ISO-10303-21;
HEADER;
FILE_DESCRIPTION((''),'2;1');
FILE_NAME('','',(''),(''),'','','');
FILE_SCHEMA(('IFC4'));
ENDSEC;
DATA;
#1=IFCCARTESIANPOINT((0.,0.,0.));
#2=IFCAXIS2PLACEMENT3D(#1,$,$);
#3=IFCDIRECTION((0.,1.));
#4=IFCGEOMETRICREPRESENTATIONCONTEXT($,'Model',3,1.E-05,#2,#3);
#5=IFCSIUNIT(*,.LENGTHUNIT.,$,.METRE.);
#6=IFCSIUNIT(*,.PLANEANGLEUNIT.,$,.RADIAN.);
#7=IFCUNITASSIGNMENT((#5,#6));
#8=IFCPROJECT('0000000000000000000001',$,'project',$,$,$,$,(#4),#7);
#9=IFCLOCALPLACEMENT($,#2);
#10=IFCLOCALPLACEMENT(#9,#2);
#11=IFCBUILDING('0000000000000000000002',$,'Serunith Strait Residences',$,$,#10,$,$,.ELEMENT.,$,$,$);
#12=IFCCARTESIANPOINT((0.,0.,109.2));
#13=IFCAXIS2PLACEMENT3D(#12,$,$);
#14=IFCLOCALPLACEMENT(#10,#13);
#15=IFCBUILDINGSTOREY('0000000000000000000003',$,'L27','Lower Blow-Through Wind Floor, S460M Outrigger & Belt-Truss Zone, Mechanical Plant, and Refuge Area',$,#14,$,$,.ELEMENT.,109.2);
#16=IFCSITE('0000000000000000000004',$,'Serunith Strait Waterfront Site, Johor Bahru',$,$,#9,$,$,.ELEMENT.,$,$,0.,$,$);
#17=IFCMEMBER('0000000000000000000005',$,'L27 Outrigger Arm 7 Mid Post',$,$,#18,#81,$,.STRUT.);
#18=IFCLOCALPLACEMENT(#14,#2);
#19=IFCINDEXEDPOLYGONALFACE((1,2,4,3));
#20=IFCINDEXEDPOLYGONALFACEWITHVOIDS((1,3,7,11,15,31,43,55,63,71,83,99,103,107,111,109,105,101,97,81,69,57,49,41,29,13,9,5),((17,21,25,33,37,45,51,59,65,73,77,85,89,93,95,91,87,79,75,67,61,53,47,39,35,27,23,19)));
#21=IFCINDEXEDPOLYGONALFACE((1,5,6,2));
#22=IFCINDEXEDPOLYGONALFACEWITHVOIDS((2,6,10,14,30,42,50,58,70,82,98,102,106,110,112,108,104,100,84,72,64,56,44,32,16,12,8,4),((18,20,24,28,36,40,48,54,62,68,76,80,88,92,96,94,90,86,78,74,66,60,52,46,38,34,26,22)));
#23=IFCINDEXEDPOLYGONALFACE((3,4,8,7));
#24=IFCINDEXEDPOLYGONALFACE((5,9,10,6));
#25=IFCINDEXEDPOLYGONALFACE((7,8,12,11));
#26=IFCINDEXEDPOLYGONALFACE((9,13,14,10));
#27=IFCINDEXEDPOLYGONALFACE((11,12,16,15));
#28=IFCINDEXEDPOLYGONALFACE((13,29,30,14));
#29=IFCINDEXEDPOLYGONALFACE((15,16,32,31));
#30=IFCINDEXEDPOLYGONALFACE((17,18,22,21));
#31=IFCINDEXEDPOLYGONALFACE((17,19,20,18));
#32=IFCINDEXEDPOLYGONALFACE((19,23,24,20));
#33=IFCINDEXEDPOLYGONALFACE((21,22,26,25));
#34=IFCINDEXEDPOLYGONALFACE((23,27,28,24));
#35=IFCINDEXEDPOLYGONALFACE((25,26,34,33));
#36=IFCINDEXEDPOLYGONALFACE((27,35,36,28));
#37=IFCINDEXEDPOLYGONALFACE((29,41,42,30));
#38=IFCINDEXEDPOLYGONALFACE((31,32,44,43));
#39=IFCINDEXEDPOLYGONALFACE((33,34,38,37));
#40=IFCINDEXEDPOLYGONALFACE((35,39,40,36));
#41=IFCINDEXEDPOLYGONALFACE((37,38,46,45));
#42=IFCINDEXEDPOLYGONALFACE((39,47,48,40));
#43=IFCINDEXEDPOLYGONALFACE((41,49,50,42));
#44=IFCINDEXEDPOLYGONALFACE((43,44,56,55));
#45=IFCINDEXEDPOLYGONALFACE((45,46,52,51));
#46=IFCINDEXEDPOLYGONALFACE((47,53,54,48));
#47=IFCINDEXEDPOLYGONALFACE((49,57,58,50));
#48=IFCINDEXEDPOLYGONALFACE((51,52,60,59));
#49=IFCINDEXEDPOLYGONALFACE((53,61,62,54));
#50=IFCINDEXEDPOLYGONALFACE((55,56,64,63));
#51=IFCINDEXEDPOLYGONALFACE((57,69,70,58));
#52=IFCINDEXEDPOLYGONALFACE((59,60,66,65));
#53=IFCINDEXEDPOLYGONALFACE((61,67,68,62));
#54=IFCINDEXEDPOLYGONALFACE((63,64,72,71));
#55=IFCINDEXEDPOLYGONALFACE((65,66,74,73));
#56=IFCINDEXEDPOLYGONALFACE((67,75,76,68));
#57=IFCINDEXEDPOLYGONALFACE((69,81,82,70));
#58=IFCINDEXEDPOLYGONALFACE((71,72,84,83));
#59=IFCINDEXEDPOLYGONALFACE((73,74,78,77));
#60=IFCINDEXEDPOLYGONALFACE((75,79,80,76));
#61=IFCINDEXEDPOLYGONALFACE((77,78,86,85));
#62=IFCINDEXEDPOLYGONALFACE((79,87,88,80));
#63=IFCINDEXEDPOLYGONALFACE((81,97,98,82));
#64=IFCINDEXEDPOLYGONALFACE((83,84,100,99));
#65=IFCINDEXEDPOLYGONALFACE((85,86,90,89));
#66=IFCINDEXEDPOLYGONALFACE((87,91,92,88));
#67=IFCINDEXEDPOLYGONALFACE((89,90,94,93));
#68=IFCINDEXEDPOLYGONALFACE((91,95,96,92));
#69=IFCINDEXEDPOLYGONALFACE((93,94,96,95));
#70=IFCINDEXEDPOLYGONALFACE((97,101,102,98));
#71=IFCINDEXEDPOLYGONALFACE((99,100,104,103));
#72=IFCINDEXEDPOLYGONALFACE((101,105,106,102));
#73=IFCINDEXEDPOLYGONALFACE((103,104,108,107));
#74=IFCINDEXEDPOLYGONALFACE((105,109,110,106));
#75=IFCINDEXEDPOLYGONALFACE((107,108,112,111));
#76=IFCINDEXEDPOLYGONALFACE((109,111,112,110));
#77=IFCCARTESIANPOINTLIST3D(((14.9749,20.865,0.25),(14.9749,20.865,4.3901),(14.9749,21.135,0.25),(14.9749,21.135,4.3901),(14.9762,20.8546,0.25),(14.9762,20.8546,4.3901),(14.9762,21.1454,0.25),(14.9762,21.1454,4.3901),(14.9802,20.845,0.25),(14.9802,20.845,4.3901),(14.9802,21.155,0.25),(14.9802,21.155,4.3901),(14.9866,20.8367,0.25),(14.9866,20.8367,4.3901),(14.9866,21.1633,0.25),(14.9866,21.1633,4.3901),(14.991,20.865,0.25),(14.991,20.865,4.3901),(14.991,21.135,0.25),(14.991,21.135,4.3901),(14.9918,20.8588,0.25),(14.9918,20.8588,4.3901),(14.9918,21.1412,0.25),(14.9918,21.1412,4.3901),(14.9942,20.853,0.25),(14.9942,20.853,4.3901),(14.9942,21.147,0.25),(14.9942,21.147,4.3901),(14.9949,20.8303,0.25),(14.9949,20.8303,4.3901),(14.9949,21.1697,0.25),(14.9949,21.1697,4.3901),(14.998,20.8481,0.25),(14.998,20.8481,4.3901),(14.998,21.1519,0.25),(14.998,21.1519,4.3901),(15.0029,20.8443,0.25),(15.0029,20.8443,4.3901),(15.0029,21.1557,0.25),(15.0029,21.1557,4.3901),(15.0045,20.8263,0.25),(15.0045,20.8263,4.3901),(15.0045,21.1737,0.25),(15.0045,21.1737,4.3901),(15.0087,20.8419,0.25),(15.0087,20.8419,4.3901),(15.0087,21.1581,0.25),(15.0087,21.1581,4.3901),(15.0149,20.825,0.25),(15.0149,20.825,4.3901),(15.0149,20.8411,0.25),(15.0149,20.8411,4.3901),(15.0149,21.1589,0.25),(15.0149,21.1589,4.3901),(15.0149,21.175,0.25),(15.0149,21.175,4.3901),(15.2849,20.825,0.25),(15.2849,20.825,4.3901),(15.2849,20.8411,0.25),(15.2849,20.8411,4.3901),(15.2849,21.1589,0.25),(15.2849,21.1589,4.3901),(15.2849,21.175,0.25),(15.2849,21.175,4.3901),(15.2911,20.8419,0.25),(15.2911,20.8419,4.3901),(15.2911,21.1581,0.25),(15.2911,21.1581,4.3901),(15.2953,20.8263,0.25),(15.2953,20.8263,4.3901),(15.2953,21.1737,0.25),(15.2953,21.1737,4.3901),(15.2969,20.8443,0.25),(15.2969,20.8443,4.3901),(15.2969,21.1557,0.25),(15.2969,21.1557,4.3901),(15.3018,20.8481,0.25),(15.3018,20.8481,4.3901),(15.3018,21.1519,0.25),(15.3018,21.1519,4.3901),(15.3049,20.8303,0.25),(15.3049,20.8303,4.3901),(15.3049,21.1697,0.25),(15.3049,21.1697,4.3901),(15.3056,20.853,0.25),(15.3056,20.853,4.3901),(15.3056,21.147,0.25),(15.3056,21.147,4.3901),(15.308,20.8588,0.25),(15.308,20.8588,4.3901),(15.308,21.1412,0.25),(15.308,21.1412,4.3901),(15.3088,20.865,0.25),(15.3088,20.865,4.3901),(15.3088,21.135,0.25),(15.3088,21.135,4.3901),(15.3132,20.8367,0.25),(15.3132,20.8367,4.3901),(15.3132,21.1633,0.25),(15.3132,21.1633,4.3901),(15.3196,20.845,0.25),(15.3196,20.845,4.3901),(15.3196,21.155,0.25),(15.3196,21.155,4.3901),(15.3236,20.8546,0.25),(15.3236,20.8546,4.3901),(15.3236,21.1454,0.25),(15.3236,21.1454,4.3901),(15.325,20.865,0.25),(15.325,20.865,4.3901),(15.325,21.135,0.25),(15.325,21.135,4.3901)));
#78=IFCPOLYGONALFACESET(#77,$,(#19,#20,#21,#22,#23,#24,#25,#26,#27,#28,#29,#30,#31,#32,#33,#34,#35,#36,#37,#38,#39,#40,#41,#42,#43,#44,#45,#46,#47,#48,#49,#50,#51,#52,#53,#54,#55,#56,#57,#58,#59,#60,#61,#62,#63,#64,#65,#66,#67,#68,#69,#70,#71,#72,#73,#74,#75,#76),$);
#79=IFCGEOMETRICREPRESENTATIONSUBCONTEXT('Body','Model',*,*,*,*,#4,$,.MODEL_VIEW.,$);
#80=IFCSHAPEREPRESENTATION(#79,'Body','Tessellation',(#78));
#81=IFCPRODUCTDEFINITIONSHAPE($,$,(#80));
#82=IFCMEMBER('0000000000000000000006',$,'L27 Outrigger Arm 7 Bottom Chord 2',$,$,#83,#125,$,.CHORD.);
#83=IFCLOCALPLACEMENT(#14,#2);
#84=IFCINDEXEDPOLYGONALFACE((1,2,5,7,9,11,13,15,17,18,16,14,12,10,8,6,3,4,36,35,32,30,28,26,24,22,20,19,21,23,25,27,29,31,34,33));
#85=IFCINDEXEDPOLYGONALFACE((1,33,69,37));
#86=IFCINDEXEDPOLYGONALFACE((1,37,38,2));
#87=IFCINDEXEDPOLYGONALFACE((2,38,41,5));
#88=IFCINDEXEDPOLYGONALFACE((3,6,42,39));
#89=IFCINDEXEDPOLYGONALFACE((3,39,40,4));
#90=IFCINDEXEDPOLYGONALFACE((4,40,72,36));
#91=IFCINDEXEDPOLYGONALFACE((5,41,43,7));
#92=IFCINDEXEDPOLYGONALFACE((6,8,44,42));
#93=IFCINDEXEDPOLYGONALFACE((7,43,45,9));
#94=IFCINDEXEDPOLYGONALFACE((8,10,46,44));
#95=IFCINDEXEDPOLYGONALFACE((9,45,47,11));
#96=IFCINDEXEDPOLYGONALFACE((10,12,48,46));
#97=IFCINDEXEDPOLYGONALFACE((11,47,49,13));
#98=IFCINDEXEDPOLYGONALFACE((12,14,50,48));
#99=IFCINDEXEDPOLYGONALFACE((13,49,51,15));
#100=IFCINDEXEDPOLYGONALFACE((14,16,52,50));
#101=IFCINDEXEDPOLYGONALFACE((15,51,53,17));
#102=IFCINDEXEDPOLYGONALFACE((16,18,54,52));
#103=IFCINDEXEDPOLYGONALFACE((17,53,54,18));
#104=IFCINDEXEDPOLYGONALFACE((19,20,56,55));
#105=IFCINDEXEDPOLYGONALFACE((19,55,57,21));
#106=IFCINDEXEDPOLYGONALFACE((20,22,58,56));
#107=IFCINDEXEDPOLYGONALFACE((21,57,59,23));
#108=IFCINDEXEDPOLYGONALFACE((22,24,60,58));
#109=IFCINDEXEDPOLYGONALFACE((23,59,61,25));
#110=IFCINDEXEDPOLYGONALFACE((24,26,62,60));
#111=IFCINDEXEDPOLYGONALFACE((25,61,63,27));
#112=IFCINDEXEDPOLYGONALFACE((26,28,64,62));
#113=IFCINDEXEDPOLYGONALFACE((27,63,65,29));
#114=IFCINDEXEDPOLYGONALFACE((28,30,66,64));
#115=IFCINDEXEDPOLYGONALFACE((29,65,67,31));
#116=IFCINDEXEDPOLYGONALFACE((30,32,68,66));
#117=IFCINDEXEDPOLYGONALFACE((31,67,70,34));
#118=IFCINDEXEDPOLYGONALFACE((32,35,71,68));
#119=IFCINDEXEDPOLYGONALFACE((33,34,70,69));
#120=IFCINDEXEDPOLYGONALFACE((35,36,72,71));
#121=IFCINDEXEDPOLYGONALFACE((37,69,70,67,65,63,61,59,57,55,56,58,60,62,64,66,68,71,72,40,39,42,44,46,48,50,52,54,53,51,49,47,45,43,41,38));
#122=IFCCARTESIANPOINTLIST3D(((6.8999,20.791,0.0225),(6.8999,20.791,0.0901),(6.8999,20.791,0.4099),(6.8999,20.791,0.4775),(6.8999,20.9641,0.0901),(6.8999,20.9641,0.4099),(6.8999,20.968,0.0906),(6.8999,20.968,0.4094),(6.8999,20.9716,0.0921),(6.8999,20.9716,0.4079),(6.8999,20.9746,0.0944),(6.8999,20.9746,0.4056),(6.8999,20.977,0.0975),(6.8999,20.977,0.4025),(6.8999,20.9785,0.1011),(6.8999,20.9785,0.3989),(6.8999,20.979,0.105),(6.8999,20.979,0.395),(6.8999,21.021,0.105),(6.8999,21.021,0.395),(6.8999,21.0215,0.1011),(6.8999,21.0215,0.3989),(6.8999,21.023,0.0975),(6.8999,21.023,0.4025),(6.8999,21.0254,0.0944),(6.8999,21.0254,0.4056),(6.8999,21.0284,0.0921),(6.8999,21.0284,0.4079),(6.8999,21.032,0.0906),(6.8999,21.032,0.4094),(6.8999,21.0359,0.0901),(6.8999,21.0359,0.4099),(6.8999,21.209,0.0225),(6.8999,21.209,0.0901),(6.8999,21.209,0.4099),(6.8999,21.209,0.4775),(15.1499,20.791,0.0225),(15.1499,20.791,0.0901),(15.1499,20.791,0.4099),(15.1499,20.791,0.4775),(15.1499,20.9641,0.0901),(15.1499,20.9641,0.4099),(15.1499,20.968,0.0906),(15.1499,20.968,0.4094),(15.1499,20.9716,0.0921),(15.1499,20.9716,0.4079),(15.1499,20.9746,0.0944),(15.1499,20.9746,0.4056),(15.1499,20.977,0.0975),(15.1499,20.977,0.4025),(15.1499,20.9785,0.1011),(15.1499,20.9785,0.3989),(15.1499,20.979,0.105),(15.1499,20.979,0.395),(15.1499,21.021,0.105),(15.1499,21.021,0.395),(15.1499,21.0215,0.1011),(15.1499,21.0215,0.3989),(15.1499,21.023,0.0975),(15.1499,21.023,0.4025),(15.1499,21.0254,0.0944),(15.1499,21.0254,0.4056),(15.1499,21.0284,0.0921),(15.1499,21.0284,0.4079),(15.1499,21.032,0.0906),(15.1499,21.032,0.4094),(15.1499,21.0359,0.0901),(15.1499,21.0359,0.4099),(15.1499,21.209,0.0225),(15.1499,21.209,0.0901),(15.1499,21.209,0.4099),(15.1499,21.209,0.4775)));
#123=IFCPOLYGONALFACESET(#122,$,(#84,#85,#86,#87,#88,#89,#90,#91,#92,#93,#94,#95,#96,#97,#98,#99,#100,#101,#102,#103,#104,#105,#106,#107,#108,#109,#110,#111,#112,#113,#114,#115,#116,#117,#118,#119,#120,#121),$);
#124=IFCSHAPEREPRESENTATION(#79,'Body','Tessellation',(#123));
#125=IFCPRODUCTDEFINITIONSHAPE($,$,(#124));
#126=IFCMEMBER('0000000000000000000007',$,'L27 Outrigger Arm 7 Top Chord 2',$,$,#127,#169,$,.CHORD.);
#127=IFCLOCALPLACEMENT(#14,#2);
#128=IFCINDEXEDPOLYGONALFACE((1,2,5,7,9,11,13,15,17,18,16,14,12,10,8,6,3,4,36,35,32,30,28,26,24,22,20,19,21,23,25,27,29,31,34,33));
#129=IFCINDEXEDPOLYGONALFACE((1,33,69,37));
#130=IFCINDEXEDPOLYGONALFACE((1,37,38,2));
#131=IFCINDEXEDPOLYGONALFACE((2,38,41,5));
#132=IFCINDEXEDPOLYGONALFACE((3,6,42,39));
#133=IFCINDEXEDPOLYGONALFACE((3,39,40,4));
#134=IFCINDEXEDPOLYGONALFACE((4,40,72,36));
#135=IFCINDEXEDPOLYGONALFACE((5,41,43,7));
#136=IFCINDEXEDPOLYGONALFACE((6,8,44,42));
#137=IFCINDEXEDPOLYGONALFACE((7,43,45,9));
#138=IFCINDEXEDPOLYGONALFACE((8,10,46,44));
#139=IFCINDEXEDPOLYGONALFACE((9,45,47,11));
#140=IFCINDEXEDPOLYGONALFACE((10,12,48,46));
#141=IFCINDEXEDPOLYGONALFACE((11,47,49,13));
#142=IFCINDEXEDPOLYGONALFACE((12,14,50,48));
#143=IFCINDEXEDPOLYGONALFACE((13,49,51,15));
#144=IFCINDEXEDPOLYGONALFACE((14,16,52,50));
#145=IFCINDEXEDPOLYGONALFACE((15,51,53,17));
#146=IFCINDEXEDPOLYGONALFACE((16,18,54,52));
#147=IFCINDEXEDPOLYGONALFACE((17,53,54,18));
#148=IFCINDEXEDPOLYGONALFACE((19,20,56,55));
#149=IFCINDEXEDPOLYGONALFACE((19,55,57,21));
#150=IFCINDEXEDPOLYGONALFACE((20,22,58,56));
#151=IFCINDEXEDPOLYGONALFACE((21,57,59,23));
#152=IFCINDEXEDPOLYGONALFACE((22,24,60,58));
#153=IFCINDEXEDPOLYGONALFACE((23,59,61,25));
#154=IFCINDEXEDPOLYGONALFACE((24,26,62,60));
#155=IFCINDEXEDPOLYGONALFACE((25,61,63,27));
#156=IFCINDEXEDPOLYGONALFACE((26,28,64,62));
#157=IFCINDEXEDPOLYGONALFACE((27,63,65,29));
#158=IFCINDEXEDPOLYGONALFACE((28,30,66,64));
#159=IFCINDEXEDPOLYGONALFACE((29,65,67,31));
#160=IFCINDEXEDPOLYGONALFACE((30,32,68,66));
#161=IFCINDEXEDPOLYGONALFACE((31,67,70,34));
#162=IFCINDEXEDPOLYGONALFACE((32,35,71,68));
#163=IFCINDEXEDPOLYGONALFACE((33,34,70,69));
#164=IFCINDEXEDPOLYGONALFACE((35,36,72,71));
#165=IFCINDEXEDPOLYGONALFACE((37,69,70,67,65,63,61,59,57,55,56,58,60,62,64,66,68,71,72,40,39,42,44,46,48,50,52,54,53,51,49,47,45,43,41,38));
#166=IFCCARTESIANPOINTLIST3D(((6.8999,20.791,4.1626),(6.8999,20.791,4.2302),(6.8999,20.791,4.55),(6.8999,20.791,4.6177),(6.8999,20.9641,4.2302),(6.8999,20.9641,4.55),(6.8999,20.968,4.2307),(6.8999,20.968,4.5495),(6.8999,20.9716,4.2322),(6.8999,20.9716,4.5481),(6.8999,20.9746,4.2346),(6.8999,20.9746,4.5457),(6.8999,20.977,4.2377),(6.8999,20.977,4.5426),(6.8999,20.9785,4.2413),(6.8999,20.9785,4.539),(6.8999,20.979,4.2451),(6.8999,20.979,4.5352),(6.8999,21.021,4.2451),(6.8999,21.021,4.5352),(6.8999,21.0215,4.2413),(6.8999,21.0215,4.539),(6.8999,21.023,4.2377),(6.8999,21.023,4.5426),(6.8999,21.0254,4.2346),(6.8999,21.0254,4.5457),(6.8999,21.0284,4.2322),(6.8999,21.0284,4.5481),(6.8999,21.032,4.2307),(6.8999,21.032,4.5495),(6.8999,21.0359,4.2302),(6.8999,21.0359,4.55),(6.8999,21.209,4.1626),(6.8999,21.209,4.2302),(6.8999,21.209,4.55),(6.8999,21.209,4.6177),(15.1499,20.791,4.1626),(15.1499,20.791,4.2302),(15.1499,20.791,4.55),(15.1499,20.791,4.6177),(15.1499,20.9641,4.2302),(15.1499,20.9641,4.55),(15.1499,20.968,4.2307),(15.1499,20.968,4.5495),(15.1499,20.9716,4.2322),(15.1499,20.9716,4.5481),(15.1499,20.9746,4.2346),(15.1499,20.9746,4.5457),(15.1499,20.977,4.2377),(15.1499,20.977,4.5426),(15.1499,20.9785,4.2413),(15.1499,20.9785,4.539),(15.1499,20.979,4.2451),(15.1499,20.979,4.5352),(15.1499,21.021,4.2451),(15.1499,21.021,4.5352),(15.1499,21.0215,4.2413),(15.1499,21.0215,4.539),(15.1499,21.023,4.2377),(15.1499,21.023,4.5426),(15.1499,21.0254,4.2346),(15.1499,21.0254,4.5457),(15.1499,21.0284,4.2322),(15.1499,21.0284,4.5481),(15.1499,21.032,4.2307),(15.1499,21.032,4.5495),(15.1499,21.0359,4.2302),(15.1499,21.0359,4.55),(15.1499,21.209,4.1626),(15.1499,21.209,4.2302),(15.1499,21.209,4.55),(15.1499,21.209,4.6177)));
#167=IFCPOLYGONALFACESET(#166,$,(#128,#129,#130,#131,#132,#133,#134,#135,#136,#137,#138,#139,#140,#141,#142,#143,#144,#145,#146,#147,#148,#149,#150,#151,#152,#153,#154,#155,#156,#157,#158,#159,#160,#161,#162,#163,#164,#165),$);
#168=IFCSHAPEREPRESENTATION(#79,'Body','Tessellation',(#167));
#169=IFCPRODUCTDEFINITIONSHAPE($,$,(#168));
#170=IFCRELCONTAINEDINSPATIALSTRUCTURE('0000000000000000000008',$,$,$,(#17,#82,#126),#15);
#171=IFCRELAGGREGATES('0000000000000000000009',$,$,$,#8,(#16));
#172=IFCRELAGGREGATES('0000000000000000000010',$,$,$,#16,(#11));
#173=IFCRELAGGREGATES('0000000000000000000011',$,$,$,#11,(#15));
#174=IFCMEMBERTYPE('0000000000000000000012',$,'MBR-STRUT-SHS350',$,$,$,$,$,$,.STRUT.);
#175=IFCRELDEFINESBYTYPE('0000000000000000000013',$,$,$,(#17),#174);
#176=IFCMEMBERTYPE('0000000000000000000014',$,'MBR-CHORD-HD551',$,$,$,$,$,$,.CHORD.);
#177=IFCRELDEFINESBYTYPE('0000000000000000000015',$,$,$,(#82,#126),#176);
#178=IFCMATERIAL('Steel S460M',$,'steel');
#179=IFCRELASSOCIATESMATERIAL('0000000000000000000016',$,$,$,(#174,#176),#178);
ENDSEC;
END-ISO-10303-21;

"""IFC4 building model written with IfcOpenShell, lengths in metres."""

from ifc_helpers import new_model, si_unit, direction, frame, origin, origin_2d, place, context, subcontext, project, spatial, hollow_rectangle, i_section, extrude, source, transform, mapped, material, material_profile, profile_set, type_object, element, save


model = new_model("IFC4")

# Units and contexts
model_context = context("Model", 3, precision=1e-05, world=origin(), true_north=direction((0.0, 1.0)))
body_context = subcontext(model_context, "Body", "Model", "MODEL_VIEW")
ifc_project = project(units=[si_unit("LENGTHUNIT", "METRE"), si_unit("PLANEANGLEUNIT", "RADIAN")], contexts=[model_context])

# Site, building, storey
site_placement = place(None, origin())
site = spatial("IfcSite", under=ifc_project, at=site_placement, Name="Serunith Strait Waterfront Site, Johor Bahru", CompositionType="ELEMENT", RefElevation=0.0)
building_placement = place(site_placement, origin())
building = spatial("IfcBuilding", under=site, at=building_placement, Name="Serunith Strait Residences", CompositionType="ELEMENT")
storey_placement = place(building_placement, frame((0.0, 0.0, 109.2)))
storey = spatial("IfcBuildingStorey", under=building, at=storey_placement, Name="L27", Description="Lower Blow-Through Wind Floor, S460M Outrigger & Belt-Truss Zone, Mechanical Plant, and Refuge Area", CompositionType="ELEMENT", Elevation=109.2)

# Members
ifc_material_1 = material(Name="Steel S460M", Category="steel")
ifc_material_profile_1 = material_profile(ifc_material_1, hollow_rectangle(XDim=0.3501, YDim=0.3501, WallThickness=0.0161, InnerFilletRadius=0.0239, OuterFilletRadius=0.04, at=origin_2d()), Name="SHS 350x350x16")
ifc_profile_set_1 = profile_set([ifc_material_profile_1], Name="Steel S460M")
member_type_1 = type_object("IfcMemberType", Name="MBR-STRUT-SHS350", PredefinedType="STRUT", material=ifc_profile_set_1)
shared_shape_1 = source(origin(), body_context, "Body", "SweptSolid", [
    extrude(hollow_rectangle(XDim=0.3501, YDim=0.3501, WallThickness=0.0161, InnerFilletRadius=0.0239, OuterFilletRadius=0.04, at=origin_2d()), origin(), (0.0, 0.0, 1.0), 4.1401),
])
member_1_placement = place(storey_placement, frame((15.1499, 21.0, 0.25), z_axis=(0.0, 0.0, 1.0), x_axis=(1.0, 0.0, 0.0)))
element("IfcMember", 1, at=member_1_placement, inside=storey, type_object=member_type_1, Name="L27 Outrigger Arm 7 Mid Post", PredefinedType="STRUT", context=body_context, shape_type="MappedRepresentation", body=[
    mapped(shared_shape_1, transform((0.0, 0.0, 0.0), scale=1.0)),
])
ifc_material_profile_2 = material_profile(ifc_material_1, i_section(OverallWidth=0.418, OverallDepth=0.4551, WebThickness=0.042, FlangeThickness=0.0676, FilletRadius=0.0149, at=origin_2d()), Name="HD 400x551")
ifc_profile_set_2 = profile_set([ifc_material_profile_2], Name="Steel S460M")
member_type_2 = type_object("IfcMemberType", Name="MBR-CHORD-HD551", PredefinedType="CHORD", material=ifc_profile_set_2)
shared_shape_2 = source(origin(), body_context, "Body", "SweptSolid", [
    extrude(i_section(OverallWidth=0.418, OverallDepth=0.4551, WebThickness=0.042, FlangeThickness=0.0676, FilletRadius=0.0149, at=origin_2d()), origin(), (0.0, 0.0, 1.0), 8.25),
])
for number, where, z_axis, x_axis, name in (
    (2, (15.1499, 21.0, 0.25), (-1.0, 0.0, 0.0), (0.0, -1.0, 0.0), "L27 Outrigger Arm 7 Bottom Chord 2"),
    (3, (15.1499, 21.0, 4.3901), (-1.0, 0.0, 0.0), (0.0, -1.0, 0.0), "L27 Outrigger Arm 7 Top Chord 2"),
):
    element("IfcMember", number, at=place(storey_placement, frame(where, z_axis=z_axis, x_axis=x_axis)), inside=storey, type_object=member_type_2, Name=name, PredefinedType="CHORD", context=body_context, shape_type="MappedRepresentation", body=[
        mapped(shared_shape_2, transform((0.0, 0.0, 0.0), scale=1.0)),
    ])

save(model, "model.ifc")
